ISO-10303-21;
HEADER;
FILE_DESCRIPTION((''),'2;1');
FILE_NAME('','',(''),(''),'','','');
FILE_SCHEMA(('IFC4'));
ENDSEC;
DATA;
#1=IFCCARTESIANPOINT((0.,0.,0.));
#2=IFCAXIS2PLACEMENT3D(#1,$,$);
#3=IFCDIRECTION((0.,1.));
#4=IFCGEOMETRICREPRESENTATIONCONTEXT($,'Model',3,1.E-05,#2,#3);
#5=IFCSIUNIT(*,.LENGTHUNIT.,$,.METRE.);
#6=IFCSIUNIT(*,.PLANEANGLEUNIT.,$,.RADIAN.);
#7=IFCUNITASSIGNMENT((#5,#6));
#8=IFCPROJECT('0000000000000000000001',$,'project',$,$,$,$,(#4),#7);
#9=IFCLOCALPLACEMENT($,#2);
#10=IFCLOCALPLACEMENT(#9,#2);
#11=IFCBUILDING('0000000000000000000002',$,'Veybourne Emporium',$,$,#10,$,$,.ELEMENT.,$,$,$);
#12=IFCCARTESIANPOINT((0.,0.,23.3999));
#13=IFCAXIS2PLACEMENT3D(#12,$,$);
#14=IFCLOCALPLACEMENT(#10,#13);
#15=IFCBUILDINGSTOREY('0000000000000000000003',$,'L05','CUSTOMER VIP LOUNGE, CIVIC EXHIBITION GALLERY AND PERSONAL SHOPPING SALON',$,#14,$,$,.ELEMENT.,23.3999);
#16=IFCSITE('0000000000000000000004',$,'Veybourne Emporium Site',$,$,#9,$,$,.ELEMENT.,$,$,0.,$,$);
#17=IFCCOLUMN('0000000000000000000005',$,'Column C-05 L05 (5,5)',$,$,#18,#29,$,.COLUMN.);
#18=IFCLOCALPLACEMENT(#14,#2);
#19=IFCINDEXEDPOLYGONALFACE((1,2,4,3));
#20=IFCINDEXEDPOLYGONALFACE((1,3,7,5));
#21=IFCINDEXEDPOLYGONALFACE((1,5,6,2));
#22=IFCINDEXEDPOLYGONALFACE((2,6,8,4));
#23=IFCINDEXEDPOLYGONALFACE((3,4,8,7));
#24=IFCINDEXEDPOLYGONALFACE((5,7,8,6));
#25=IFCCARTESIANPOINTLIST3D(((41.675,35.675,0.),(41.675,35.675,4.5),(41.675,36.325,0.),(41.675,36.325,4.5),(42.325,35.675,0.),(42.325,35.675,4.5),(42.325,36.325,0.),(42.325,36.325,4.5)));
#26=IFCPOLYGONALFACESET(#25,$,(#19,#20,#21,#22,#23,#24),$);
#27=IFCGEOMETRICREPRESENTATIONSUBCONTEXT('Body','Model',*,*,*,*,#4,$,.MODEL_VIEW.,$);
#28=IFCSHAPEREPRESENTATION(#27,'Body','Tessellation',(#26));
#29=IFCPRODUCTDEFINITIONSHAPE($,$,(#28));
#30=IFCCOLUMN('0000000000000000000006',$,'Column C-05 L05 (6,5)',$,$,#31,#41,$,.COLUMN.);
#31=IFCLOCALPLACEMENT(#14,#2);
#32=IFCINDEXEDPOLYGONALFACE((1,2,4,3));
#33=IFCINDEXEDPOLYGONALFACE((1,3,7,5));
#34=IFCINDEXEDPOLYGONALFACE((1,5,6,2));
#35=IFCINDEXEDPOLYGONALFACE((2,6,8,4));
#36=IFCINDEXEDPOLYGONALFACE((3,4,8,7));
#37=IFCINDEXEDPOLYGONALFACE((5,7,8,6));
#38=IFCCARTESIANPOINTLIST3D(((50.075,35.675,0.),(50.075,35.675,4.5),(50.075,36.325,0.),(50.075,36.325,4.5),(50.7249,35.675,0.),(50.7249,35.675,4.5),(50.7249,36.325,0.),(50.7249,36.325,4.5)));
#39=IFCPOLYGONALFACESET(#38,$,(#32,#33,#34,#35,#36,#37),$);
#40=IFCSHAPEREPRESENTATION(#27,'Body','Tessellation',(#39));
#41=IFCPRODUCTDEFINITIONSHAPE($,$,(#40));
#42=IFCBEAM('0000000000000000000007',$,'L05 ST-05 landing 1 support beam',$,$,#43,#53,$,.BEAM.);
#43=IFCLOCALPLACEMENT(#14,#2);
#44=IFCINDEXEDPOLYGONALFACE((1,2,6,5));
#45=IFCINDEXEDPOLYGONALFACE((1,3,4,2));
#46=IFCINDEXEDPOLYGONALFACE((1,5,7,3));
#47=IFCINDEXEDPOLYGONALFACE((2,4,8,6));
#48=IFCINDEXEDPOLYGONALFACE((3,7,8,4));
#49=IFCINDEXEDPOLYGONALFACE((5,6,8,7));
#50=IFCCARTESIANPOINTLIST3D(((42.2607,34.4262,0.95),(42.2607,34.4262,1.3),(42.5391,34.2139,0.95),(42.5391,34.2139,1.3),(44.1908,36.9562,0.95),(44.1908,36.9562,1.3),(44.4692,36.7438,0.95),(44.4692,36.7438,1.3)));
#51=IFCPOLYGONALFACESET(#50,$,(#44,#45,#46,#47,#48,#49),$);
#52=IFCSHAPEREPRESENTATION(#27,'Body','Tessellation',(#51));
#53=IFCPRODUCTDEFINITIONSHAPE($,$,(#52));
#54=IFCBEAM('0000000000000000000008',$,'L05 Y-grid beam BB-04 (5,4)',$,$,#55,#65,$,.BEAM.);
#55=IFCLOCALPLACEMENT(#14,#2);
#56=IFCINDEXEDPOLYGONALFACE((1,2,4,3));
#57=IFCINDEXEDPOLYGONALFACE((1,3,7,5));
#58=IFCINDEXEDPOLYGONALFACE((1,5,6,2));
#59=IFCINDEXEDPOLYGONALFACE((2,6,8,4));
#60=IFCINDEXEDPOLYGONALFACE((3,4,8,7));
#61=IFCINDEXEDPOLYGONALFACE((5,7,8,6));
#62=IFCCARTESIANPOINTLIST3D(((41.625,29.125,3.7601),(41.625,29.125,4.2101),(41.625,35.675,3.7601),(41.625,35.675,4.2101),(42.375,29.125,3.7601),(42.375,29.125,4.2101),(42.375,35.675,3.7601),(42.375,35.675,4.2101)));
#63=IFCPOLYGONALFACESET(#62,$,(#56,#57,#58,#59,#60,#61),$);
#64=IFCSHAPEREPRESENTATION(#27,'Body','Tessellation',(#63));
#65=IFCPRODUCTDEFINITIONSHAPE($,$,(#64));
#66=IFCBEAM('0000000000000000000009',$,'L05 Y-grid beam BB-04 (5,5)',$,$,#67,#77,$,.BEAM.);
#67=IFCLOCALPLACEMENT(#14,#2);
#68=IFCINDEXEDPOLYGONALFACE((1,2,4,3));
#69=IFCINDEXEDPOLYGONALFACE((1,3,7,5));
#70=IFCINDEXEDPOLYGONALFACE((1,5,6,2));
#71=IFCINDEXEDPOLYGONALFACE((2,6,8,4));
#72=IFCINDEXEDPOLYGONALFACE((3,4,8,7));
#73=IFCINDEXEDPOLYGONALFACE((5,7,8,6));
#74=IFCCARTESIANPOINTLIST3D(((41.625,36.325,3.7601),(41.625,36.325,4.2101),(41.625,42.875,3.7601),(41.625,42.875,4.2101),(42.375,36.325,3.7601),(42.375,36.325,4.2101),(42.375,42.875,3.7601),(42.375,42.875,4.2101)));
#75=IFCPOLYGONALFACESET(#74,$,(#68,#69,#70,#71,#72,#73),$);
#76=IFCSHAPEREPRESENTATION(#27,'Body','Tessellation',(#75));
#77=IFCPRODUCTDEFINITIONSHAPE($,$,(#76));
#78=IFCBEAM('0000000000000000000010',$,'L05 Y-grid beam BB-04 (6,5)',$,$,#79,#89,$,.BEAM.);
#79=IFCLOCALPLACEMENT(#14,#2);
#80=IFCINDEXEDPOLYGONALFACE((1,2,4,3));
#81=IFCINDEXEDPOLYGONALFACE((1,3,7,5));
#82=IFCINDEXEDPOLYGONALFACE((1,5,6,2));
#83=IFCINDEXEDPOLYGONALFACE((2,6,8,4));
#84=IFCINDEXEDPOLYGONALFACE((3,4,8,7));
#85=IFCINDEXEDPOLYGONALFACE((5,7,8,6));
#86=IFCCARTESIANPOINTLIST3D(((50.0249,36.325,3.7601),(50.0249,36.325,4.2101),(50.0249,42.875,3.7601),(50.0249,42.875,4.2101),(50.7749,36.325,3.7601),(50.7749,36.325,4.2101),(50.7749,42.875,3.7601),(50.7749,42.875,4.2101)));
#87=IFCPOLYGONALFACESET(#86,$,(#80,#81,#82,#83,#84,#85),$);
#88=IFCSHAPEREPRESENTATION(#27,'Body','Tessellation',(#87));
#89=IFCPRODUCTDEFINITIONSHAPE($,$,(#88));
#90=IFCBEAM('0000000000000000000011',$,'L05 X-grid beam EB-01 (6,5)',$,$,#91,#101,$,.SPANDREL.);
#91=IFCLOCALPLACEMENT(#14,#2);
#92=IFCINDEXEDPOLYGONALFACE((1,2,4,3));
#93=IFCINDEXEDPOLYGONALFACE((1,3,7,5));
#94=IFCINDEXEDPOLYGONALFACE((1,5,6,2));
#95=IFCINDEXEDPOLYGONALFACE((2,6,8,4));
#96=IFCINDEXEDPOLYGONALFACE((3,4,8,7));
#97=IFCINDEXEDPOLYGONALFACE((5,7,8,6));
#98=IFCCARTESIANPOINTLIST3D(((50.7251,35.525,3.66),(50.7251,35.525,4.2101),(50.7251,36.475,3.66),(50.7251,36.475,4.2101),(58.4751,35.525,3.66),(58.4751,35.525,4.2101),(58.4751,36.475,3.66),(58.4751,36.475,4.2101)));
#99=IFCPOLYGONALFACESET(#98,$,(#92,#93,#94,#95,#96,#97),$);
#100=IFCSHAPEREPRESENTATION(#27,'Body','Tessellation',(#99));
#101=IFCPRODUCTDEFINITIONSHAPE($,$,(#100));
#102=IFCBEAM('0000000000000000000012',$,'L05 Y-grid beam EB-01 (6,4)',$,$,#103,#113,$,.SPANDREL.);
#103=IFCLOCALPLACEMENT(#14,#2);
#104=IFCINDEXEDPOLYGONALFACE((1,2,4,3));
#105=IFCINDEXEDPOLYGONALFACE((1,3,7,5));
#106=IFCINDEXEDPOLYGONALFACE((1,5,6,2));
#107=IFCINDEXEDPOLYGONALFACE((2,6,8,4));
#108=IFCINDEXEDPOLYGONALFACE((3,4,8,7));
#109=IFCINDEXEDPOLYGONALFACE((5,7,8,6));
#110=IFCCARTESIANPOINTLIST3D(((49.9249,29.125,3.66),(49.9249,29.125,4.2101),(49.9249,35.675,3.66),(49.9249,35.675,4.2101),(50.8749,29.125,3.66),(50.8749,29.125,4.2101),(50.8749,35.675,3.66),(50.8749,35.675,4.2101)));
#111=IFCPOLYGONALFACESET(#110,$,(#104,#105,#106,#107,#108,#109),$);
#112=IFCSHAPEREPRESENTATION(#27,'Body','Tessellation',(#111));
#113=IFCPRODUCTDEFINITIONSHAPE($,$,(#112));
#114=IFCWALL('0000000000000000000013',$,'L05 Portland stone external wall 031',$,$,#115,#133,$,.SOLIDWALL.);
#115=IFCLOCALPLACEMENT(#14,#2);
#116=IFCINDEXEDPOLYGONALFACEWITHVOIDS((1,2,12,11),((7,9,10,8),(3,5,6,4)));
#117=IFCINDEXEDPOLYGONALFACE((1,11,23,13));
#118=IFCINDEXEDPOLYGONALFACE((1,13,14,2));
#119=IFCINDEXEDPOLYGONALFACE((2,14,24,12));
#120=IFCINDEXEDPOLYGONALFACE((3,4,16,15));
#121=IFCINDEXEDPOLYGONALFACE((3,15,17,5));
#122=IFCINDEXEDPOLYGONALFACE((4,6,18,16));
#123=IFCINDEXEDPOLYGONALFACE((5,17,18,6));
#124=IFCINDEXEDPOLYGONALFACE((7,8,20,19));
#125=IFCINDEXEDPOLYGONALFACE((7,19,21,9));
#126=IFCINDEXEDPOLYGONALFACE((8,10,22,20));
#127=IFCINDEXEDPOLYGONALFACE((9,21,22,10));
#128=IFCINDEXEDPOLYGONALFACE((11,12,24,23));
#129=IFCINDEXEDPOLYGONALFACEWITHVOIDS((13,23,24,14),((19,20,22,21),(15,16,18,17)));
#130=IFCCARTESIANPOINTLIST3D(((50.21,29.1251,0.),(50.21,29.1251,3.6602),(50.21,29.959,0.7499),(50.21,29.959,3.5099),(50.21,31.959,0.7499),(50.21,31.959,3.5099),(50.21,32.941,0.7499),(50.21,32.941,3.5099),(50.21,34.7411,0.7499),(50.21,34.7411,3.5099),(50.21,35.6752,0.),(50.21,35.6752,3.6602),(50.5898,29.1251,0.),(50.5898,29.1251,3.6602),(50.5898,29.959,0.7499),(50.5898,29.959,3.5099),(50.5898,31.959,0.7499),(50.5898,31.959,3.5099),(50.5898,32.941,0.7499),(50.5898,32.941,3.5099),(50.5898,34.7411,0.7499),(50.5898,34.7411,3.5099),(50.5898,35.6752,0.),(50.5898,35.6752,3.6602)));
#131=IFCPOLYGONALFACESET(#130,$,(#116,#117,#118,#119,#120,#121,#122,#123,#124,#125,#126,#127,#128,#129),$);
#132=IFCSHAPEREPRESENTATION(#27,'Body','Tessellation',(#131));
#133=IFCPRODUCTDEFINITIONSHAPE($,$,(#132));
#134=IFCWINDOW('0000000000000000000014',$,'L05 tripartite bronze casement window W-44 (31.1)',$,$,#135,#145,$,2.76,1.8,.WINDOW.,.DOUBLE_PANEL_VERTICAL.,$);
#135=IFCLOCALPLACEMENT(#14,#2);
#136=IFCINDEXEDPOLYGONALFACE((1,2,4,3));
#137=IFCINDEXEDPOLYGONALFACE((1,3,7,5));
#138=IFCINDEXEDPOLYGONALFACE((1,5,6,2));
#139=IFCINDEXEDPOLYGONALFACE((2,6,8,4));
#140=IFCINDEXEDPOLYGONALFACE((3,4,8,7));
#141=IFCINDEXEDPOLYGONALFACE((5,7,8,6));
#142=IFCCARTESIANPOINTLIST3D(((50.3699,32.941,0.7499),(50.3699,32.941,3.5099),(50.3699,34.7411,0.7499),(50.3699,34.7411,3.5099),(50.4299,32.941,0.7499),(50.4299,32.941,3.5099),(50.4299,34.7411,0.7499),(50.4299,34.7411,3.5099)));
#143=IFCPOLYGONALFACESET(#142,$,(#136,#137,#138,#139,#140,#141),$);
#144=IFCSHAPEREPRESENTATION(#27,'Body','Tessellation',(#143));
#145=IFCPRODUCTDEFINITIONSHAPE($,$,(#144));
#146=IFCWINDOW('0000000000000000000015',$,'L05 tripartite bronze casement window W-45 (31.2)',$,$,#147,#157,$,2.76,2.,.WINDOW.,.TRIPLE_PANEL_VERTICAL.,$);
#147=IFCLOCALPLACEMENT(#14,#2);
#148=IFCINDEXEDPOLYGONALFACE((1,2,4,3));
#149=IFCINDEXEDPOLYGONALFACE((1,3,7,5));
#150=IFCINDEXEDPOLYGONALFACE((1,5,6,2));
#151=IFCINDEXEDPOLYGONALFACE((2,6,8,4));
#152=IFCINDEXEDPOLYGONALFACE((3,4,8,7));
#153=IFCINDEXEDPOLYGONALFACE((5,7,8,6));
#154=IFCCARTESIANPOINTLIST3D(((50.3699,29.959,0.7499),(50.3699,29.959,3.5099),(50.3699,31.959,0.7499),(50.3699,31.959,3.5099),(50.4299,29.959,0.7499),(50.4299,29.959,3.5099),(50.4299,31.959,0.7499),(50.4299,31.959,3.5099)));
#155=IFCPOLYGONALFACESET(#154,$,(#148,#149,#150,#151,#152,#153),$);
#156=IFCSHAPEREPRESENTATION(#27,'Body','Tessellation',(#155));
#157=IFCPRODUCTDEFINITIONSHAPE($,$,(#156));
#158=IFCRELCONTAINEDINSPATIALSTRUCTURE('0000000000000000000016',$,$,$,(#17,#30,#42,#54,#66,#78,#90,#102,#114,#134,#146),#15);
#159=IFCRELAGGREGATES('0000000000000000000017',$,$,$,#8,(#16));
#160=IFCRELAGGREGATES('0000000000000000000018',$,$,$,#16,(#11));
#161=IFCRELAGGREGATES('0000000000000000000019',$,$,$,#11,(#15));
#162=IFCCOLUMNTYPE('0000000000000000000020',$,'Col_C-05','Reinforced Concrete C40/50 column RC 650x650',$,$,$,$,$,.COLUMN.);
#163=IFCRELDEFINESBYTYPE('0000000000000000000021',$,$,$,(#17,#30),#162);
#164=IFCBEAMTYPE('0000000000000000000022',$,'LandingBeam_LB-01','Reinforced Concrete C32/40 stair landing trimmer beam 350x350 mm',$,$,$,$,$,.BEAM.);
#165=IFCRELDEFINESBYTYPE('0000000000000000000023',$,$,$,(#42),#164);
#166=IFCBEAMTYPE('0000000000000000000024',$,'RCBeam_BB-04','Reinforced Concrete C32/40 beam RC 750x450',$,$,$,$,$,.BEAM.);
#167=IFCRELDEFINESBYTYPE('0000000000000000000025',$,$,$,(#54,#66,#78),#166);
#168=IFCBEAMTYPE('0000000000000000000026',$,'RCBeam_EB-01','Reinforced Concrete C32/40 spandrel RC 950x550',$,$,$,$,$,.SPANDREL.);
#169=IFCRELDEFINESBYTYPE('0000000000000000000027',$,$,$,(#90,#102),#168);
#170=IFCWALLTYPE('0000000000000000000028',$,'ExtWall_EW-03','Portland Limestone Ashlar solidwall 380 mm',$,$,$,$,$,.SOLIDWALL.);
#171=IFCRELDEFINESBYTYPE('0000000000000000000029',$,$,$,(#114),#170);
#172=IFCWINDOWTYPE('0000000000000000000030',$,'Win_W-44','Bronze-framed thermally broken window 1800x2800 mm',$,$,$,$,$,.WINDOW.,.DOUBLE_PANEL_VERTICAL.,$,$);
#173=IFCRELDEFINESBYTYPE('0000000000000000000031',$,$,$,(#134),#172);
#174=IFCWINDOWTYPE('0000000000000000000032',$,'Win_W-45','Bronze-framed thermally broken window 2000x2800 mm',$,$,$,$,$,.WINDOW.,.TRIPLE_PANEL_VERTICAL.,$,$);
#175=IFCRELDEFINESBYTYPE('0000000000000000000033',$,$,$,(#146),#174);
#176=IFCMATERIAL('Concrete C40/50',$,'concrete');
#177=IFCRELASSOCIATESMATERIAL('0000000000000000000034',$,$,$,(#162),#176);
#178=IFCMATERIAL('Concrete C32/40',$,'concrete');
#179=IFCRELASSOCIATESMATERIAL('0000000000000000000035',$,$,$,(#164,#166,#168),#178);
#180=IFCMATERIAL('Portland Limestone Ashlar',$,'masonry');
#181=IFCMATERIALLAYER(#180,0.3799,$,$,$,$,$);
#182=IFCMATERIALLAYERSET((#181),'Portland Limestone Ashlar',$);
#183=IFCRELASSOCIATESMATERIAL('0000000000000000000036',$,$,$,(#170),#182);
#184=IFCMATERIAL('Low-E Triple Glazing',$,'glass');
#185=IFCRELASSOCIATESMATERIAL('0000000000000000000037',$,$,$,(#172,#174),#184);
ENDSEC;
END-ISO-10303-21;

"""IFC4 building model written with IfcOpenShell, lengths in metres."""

from ifc_helpers import new_model, si_unit, direction, frame, frame_2d, origin, origin_2d, place, context, subcontext, project, spatial, rectangle, extrude, material, layer, layer_set, material_profile, profile_set, type_object, element, fill, save


model = new_model("IFC4")

# Units and contexts
model_context = context("Model", 3, precision=1e-05, world=origin(), true_north=direction((0.0, 1.0)))
body_context = subcontext(model_context, "Body", "Model", "MODEL_VIEW")
ifc_project = project(units=[si_unit("LENGTHUNIT", "METRE"), si_unit("PLANEANGLEUNIT", "RADIAN")], contexts=[model_context])

# Site, building, storey
site_placement = place(None, origin())
site = spatial("IfcSite", under=ifc_project, at=site_placement, Name="Veybourne Emporium Site", CompositionType="ELEMENT", RefElevation=0.0)
building_placement = place(site_placement, origin())
building = spatial("IfcBuilding", under=site, at=building_placement, Name="Veybourne Emporium", CompositionType="ELEMENT")
storey_placement = place(building_placement, frame((0.0, 0.0, 23.3999)))
storey = spatial("IfcBuildingStorey", under=building, at=storey_placement, Name="L05", Description="CUSTOMER VIP LOUNGE, CIVIC EXHIBITION GALLERY AND PERSONAL SHOPPING SALON", CompositionType="ELEMENT", Elevation=23.3999)

# Columns
ifc_material_1 = material(Name="Concrete C40/50", Category="concrete")
ifc_material_profile_1 = material_profile(ifc_material_1, rectangle(XDim=0.6499, YDim=0.6499, at=origin_2d()), Name="RC 650x650")
ifc_profile_set_1 = profile_set([ifc_material_profile_1], Name="Concrete C40/50")
column_type = type_object("IfcColumnType", Name="Col_C-05", Description="Reinforced Concrete C40/50 column RC 650x650", PredefinedType="COLUMN", material=ifc_profile_set_1)
for number, where, z_axis, x_axis, name in (
    (1, (42.0, 36.0, 0.0), (0.0, 0.0, 1.0), (1.0, 0.0, 0.0), "Column C-05 L05 (5,5)"),
    (2, (50.3999, 36.0, 0.0), (0.0, 0.0, 1.0), (1.0, 0.0, 0.0), "Column C-05 L05 (6,5)"),
):
    element("IfcColumn", number, at=place(storey_placement, frame(where, z_axis=z_axis, x_axis=x_axis)), inside=storey, type_object=column_type, Name=name, PredefinedType="COLUMN", context=body_context, shape_type="SweptSolid", body=[
        extrude(rectangle(XDim=0.6499, YDim=0.6499, at=origin_2d()), origin(), (0.0, 0.0, 1.0), 4.5),
    ])

# Beams
ifc_material_2 = material(Name="Concrete C32/40", Category="concrete")
ifc_material_profile_2 = material_profile(ifc_material_2, rectangle(XDim=0.3501, YDim=0.3501, at=origin_2d()), Name="RC 350x350")
ifc_profile_set_2 = profile_set([ifc_material_profile_2], Name="Concrete C32/40")
beam_type_1 = type_object("IfcBeamType", Name="LandingBeam_LB-01", Description="Reinforced Concrete C32/40 stair landing trimmer beam 350x350 mm", PredefinedType="BEAM", material=ifc_profile_set_2)
beam_1_placement = place(storey_placement, frame((42.3999, 34.3201, 1.125), z_axis=(0.606547, 0.795048, 0.0), x_axis=(-0.795048, 0.606547, 0.0)))
element("IfcBeam", 3, at=beam_1_placement, inside=storey, type_object=beam_type_1, Name="L05 ST-05 landing 1 support beam", PredefinedType="BEAM", context=body_context, shape_type="SweptSolid", body=[
    extrude(rectangle(XDim=0.3501, YDim=0.3501, at=origin_2d()), origin(), (0.0, 0.0, 1.0), 3.1821),
])
ifc_material_profile_3 = material_profile(ifc_material_2, rectangle(XDim=0.75, YDim=0.45, at=origin_2d()), Name="RC 750x450")
ifc_profile_set_3 = profile_set([ifc_material_profile_3], Name="Concrete C32/40")
beam_type_2 = type_object("IfcBeamType", Name="RCBeam_BB-04", Description="Reinforced Concrete C32/40 beam RC 750x450", PredefinedType="BEAM", material=ifc_profile_set_3)
for number, where, z_axis, x_axis, name in (
    (4, (42.0, 29.125, 3.9851), (0.0, 1.0, 0.0), (-1.0, 0.0, 0.0), "L05 Y-grid beam BB-04 (5,4)"),
    (5, (42.0, 36.325, 3.9851), (0.0, 1.0, 0.0), (-1.0, 0.0, 0.0), "L05 Y-grid beam BB-04 (5,5)"),
    (6, (50.3999, 36.325, 3.9851), (0.0, 1.0, 0.0), (-1.0, 0.0, 0.0), "L05 Y-grid beam BB-04 (6,5)"),
):
    element("IfcBeam", number, at=place(storey_placement, frame(where, z_axis=z_axis, x_axis=x_axis)), inside=storey, type_object=beam_type_2, Name=name, PredefinedType="BEAM", context=body_context, shape_type="SweptSolid", body=[
        extrude(rectangle(XDim=0.75, YDim=0.45, at=origin_2d()), origin(), (0.0, 0.0, 1.0), 6.55),
    ])
ifc_material_profile_4 = material_profile(ifc_material_2, rectangle(XDim=0.95, YDim=0.55, at=origin_2d()), Name="RC 950x550")
ifc_profile_set_4 = profile_set([ifc_material_profile_4], Name="Concrete C32/40")
beam_type_3 = type_object("IfcBeamType", Name="RCBeam_EB-01", Description="Reinforced Concrete C32/40 spandrel RC 950x550", PredefinedType="SPANDREL", material=ifc_profile_set_4)
beam_2_placement = place(storey_placement, frame((50.7251, 36.0, 3.9351), z_axis=(1.0, 0.0, 0.0), x_axis=(0.0, 1.0, 0.0)))
element("IfcBeam", 7, at=beam_2_placement, inside=storey, type_object=beam_type_3, Name="L05 X-grid beam EB-01 (6,5)", PredefinedType="SPANDREL", context=body_context, shape_type="SweptSolid", body=[
    extrude(rectangle(XDim=0.95, YDim=0.55, at=origin_2d()), origin(), (0.0, 0.0, 1.0), 7.75),
])
beam_3_placement = place(storey_placement, frame((50.3999, 29.125, 3.9351), z_axis=(0.0, 1.0, 0.0), x_axis=(-1.0, 0.0, 0.0)))
element("IfcBeam", 8, at=beam_3_placement, inside=storey, type_object=beam_type_3, Name="L05 Y-grid beam EB-01 (6,4)", PredefinedType="SPANDREL", context=body_context, shape_type="SweptSolid", body=[
    extrude(rectangle(XDim=0.95, YDim=0.55, at=origin_2d()), origin(), (0.0, 0.0, 1.0), 6.55),
])

# Wall, openings, windows
ifc_material_3 = material(Name="Portland Limestone Ashlar", Category="masonry")
ifc_layer_1 = layer(ifc_material_3, 0.3799)
ifc_layer_set_1 = layer_set([ifc_layer_1], Name="Portland Limestone Ashlar")
wall_type_1 = type_object("IfcWallType", Name="ExtWall_EW-03", Description="Portland Limestone Ashlar solidwall 380 mm", PredefinedType="SOLIDWALL", material=ifc_layer_set_1)
wall_1_placement = place(storey_placement, frame((50.3999, 35.675, 0.0), z_axis=(0.0, 0.0, 1.0), x_axis=(0.0, -1.0, 0.0)))
wall_1 = element("IfcWall", 9, at=wall_1_placement, inside=storey, type_object=wall_type_1, Name="L05 Portland stone external wall 031", PredefinedType="SOLIDWALL", context=body_context, shape_type="SweptSolid", body=[
    extrude(rectangle(XDim=6.55, YDim=0.3799, at=frame_2d((3.2749, 0.0))), origin(), (0.0, 0.0, 1.0), 3.6602),
])
opening_1_placement = place(wall_1_placement, frame((0.9341, 0.0, 0.75)))
opening_1 = element("IfcOpeningElement", 10, at=opening_1_placement, cuts=wall_1, PredefinedType="OPENING", context=body_context, shape_type="SweptSolid", body=[
    extrude(rectangle(XDim=1.8, YDim=2.76, at=frame_2d((0.8999, 1.3799))), frame((0.0, 0.21, 0.0), z_axis=(0.0, -1.0, 0.0), x_axis=(1.0, 0.0, 0.0)), (0.0, 0.0, 1.0), 0.4199),
])
opening_2_placement = place(wall_1_placement, frame((3.7161, 0.0, 0.75)))
opening_2 = element("IfcOpeningElement", 11, at=opening_2_placement, cuts=wall_1, PredefinedType="OPENING", context=body_context, shape_type="SweptSolid", body=[
    extrude(rectangle(XDim=2.0, YDim=2.76, at=frame_2d((1.0, 1.3799))), frame((0.0, 0.21, 0.0), z_axis=(0.0, -1.0, 0.0), x_axis=(1.0, 0.0, 0.0)), (0.0, 0.0, 1.0), 0.4199),
])
ifc_material_4 = material(Name="Low-E Triple Glazing", Category="glass")
window_type_1 = type_object("IfcWindowType", Name="Win_W-44", Description="Bronze-framed thermally broken window 1800x2800 mm", PartitioningType="DOUBLE_PANEL_VERTICAL", PredefinedType="WINDOW", material=ifc_material_4)
window_1_placement = place(opening_1_placement, origin())
window_1 = element("IfcWindow", 12, at=window_1_placement, inside=storey, type_object=window_type_1, Name="L05 tripartite bronze casement window W-44 (31.1)", OverallHeight=2.76, OverallWidth=1.8, PartitioningType="DOUBLE_PANEL_VERTICAL", PredefinedType="WINDOW", context=body_context, shape_type="SweptSolid", body=[
    extrude(rectangle(XDim=1.8, YDim=2.76, at=frame_2d((0.8999, 1.3799))), frame((0.0, 0.03, 0.0), z_axis=(0.0, -1.0, 0.0), x_axis=(1.0, 0.0, 0.0)), (0.0, 0.0, 1.0), 0.0601),
])
fill(opening_1, window_1)
window_type_2 = type_object("IfcWindowType", Name="Win_W-45", Description="Bronze-framed thermally broken window 2000x2800 mm", PartitioningType="TRIPLE_PANEL_VERTICAL", PredefinedType="WINDOW", material=ifc_material_4)
window_2_placement = place(opening_2_placement, origin())
window_2 = element("IfcWindow", 13, at=window_2_placement, inside=storey, type_object=window_type_2, Name="L05 tripartite bronze casement window W-45 (31.2)", OverallHeight=2.76, OverallWidth=2.0, PartitioningType="TRIPLE_PANEL_VERTICAL", PredefinedType="WINDOW", context=body_context, shape_type="SweptSolid", body=[
    extrude(rectangle(XDim=2.0, YDim=2.76, at=frame_2d((1.0, 1.3799))), frame((0.0, 0.03, 0.0), z_axis=(0.0, -1.0, 0.0), x_axis=(1.0, 0.0, 0.0)), (0.0, 0.0, 1.0), 0.0601),
])
fill(opening_2, window_2)

save(model, "model.ifc")
